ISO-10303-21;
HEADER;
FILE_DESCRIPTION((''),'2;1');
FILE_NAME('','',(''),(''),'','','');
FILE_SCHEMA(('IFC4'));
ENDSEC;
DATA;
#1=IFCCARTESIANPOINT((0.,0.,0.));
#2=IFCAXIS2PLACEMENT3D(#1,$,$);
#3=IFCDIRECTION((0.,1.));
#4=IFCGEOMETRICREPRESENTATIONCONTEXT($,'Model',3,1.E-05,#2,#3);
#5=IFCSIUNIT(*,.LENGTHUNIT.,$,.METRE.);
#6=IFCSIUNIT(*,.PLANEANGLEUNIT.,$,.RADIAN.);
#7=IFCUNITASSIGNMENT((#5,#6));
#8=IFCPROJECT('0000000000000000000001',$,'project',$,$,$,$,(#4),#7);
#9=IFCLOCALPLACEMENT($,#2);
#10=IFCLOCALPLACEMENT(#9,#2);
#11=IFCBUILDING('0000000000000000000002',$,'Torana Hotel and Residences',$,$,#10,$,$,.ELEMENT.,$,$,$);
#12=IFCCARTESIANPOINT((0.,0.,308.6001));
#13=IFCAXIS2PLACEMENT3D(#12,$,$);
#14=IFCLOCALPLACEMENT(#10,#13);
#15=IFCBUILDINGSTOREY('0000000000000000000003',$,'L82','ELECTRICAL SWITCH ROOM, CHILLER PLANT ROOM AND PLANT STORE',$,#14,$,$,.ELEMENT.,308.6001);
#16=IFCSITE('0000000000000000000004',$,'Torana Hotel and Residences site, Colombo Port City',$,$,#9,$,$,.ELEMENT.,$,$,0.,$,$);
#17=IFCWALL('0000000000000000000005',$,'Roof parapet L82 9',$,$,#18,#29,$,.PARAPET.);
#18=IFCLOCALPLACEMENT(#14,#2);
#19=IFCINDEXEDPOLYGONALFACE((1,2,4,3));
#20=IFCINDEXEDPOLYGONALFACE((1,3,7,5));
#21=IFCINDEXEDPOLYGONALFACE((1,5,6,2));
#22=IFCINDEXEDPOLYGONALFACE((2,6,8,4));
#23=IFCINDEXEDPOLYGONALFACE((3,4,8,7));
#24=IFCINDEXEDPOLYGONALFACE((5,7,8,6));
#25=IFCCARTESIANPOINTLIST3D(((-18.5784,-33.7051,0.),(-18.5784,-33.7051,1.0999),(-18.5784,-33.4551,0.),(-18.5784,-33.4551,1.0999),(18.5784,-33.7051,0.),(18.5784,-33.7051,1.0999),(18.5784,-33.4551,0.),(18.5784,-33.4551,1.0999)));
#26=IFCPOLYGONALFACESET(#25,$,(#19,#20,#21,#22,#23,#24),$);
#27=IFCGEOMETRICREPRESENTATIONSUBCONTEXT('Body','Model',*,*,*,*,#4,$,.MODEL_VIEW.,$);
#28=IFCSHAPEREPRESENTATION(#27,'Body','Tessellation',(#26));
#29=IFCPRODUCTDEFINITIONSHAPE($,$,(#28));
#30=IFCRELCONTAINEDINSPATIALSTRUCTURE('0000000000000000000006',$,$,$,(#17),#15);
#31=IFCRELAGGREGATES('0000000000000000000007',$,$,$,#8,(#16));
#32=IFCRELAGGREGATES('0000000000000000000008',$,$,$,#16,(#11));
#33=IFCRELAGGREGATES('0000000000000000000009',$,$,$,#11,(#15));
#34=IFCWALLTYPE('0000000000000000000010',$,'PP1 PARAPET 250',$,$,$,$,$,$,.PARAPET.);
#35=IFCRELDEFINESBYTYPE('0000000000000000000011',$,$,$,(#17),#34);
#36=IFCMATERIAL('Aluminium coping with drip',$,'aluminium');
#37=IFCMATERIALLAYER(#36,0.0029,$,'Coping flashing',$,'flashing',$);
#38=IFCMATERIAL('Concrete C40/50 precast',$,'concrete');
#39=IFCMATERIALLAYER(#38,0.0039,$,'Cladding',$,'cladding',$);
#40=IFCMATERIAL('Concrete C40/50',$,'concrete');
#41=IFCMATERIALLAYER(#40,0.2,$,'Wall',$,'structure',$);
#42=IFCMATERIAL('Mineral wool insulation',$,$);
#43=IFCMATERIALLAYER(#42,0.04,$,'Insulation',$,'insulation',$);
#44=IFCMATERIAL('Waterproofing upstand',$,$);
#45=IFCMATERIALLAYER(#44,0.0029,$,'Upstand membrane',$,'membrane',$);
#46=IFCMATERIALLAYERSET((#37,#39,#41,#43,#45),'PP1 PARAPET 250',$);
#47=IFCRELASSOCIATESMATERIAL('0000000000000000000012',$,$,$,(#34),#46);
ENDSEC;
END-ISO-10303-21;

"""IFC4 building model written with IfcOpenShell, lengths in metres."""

from ifc_helpers import new_model, si_unit, direction, frame, frame_2d, origin, place, context, subcontext, project, spatial, rectangle, extrude, material, layer, layer_set, type_object, element, save


model = new_model("IFC4")

# Units and contexts
model_context = context("Model", 3, precision=1e-05, world=origin(), true_north=direction((0.0, 1.0)))
body_context = subcontext(model_context, "Body", "Model", "MODEL_VIEW")
ifc_project = project(units=[si_unit("LENGTHUNIT", "METRE"), si_unit("PLANEANGLEUNIT", "RADIAN")], contexts=[model_context])

# Site, building, storey
site_placement = place(None, origin())
site = spatial("IfcSite", under=ifc_project, at=site_placement, Name="Torana Hotel and Residences site, Colombo Port City", CompositionType="ELEMENT", RefElevation=0.0)
building_placement = place(site_placement, origin())
building = spatial("IfcBuilding", under=site, at=building_placement, Name="Torana Hotel and Residences", CompositionType="ELEMENT")
storey_placement = place(building_placement, frame((0.0, 0.0, 308.6001)))
storey = spatial("IfcBuildingStorey", under=building, at=storey_placement, Name="L82", Description="ELECTRICAL SWITCH ROOM, CHILLER PLANT ROOM AND PLANT STORE", CompositionType="ELEMENT", Elevation=308.6001)

# Wall
ifc_material_1 = material(Name="Aluminium coping with drip", Category="aluminium")
ifc_layer_1 = layer(ifc_material_1, 0.0029, Name="Coping flashing", Category="flashing")
ifc_material_2 = material(Name="Concrete C40/50 precast", Category="concrete")
ifc_layer_2 = layer(ifc_material_2, 0.0039, Name="Cladding", Category="cladding")
ifc_material_3 = material(Name="Concrete C40/50", Category="concrete")
ifc_layer_3 = layer(ifc_material_3, 0.2, Name="Wall", Category="structure")
ifc_material_4 = material(Name="Mineral wool insulation")
ifc_layer_4 = layer(ifc_material_4, 0.04, Name="Insulation", Category="insulation")
ifc_material_5 = material(Name="Waterproofing upstand")
ifc_layer_5 = layer(ifc_material_5, 0.0029, Name="Upstand membrane", Category="membrane")
ifc_layer_set_1 = layer_set([ifc_layer_1, ifc_layer_2, ifc_layer_3, ifc_layer_4, ifc_layer_5], Name="PP1 PARAPET 250")
wall_type = type_object("IfcWallType", Name="PP1 PARAPET 250", PredefinedType="PARAPET", material=ifc_layer_set_1)
wall_1_placement = place(storey_placement, frame((18.5784, -33.5801, 0.0), z_axis=(0.0, 0.0, 1.0), x_axis=(-1.0, 0.0, 0.0)))
element("IfcWall", 1, at=wall_1_placement, inside=storey, type_object=wall_type, Name="Roof parapet L82 9", PredefinedType="PARAPET", context=body_context, shape_type="SweptSolid", body=[
    extrude(rectangle(XDim=37.1567, YDim=0.25, at=frame_2d((18.5784, 0.0))), origin(), (0.0, 0.0, 1.0), 1.0999),
])

save(model, "model.ifc")
